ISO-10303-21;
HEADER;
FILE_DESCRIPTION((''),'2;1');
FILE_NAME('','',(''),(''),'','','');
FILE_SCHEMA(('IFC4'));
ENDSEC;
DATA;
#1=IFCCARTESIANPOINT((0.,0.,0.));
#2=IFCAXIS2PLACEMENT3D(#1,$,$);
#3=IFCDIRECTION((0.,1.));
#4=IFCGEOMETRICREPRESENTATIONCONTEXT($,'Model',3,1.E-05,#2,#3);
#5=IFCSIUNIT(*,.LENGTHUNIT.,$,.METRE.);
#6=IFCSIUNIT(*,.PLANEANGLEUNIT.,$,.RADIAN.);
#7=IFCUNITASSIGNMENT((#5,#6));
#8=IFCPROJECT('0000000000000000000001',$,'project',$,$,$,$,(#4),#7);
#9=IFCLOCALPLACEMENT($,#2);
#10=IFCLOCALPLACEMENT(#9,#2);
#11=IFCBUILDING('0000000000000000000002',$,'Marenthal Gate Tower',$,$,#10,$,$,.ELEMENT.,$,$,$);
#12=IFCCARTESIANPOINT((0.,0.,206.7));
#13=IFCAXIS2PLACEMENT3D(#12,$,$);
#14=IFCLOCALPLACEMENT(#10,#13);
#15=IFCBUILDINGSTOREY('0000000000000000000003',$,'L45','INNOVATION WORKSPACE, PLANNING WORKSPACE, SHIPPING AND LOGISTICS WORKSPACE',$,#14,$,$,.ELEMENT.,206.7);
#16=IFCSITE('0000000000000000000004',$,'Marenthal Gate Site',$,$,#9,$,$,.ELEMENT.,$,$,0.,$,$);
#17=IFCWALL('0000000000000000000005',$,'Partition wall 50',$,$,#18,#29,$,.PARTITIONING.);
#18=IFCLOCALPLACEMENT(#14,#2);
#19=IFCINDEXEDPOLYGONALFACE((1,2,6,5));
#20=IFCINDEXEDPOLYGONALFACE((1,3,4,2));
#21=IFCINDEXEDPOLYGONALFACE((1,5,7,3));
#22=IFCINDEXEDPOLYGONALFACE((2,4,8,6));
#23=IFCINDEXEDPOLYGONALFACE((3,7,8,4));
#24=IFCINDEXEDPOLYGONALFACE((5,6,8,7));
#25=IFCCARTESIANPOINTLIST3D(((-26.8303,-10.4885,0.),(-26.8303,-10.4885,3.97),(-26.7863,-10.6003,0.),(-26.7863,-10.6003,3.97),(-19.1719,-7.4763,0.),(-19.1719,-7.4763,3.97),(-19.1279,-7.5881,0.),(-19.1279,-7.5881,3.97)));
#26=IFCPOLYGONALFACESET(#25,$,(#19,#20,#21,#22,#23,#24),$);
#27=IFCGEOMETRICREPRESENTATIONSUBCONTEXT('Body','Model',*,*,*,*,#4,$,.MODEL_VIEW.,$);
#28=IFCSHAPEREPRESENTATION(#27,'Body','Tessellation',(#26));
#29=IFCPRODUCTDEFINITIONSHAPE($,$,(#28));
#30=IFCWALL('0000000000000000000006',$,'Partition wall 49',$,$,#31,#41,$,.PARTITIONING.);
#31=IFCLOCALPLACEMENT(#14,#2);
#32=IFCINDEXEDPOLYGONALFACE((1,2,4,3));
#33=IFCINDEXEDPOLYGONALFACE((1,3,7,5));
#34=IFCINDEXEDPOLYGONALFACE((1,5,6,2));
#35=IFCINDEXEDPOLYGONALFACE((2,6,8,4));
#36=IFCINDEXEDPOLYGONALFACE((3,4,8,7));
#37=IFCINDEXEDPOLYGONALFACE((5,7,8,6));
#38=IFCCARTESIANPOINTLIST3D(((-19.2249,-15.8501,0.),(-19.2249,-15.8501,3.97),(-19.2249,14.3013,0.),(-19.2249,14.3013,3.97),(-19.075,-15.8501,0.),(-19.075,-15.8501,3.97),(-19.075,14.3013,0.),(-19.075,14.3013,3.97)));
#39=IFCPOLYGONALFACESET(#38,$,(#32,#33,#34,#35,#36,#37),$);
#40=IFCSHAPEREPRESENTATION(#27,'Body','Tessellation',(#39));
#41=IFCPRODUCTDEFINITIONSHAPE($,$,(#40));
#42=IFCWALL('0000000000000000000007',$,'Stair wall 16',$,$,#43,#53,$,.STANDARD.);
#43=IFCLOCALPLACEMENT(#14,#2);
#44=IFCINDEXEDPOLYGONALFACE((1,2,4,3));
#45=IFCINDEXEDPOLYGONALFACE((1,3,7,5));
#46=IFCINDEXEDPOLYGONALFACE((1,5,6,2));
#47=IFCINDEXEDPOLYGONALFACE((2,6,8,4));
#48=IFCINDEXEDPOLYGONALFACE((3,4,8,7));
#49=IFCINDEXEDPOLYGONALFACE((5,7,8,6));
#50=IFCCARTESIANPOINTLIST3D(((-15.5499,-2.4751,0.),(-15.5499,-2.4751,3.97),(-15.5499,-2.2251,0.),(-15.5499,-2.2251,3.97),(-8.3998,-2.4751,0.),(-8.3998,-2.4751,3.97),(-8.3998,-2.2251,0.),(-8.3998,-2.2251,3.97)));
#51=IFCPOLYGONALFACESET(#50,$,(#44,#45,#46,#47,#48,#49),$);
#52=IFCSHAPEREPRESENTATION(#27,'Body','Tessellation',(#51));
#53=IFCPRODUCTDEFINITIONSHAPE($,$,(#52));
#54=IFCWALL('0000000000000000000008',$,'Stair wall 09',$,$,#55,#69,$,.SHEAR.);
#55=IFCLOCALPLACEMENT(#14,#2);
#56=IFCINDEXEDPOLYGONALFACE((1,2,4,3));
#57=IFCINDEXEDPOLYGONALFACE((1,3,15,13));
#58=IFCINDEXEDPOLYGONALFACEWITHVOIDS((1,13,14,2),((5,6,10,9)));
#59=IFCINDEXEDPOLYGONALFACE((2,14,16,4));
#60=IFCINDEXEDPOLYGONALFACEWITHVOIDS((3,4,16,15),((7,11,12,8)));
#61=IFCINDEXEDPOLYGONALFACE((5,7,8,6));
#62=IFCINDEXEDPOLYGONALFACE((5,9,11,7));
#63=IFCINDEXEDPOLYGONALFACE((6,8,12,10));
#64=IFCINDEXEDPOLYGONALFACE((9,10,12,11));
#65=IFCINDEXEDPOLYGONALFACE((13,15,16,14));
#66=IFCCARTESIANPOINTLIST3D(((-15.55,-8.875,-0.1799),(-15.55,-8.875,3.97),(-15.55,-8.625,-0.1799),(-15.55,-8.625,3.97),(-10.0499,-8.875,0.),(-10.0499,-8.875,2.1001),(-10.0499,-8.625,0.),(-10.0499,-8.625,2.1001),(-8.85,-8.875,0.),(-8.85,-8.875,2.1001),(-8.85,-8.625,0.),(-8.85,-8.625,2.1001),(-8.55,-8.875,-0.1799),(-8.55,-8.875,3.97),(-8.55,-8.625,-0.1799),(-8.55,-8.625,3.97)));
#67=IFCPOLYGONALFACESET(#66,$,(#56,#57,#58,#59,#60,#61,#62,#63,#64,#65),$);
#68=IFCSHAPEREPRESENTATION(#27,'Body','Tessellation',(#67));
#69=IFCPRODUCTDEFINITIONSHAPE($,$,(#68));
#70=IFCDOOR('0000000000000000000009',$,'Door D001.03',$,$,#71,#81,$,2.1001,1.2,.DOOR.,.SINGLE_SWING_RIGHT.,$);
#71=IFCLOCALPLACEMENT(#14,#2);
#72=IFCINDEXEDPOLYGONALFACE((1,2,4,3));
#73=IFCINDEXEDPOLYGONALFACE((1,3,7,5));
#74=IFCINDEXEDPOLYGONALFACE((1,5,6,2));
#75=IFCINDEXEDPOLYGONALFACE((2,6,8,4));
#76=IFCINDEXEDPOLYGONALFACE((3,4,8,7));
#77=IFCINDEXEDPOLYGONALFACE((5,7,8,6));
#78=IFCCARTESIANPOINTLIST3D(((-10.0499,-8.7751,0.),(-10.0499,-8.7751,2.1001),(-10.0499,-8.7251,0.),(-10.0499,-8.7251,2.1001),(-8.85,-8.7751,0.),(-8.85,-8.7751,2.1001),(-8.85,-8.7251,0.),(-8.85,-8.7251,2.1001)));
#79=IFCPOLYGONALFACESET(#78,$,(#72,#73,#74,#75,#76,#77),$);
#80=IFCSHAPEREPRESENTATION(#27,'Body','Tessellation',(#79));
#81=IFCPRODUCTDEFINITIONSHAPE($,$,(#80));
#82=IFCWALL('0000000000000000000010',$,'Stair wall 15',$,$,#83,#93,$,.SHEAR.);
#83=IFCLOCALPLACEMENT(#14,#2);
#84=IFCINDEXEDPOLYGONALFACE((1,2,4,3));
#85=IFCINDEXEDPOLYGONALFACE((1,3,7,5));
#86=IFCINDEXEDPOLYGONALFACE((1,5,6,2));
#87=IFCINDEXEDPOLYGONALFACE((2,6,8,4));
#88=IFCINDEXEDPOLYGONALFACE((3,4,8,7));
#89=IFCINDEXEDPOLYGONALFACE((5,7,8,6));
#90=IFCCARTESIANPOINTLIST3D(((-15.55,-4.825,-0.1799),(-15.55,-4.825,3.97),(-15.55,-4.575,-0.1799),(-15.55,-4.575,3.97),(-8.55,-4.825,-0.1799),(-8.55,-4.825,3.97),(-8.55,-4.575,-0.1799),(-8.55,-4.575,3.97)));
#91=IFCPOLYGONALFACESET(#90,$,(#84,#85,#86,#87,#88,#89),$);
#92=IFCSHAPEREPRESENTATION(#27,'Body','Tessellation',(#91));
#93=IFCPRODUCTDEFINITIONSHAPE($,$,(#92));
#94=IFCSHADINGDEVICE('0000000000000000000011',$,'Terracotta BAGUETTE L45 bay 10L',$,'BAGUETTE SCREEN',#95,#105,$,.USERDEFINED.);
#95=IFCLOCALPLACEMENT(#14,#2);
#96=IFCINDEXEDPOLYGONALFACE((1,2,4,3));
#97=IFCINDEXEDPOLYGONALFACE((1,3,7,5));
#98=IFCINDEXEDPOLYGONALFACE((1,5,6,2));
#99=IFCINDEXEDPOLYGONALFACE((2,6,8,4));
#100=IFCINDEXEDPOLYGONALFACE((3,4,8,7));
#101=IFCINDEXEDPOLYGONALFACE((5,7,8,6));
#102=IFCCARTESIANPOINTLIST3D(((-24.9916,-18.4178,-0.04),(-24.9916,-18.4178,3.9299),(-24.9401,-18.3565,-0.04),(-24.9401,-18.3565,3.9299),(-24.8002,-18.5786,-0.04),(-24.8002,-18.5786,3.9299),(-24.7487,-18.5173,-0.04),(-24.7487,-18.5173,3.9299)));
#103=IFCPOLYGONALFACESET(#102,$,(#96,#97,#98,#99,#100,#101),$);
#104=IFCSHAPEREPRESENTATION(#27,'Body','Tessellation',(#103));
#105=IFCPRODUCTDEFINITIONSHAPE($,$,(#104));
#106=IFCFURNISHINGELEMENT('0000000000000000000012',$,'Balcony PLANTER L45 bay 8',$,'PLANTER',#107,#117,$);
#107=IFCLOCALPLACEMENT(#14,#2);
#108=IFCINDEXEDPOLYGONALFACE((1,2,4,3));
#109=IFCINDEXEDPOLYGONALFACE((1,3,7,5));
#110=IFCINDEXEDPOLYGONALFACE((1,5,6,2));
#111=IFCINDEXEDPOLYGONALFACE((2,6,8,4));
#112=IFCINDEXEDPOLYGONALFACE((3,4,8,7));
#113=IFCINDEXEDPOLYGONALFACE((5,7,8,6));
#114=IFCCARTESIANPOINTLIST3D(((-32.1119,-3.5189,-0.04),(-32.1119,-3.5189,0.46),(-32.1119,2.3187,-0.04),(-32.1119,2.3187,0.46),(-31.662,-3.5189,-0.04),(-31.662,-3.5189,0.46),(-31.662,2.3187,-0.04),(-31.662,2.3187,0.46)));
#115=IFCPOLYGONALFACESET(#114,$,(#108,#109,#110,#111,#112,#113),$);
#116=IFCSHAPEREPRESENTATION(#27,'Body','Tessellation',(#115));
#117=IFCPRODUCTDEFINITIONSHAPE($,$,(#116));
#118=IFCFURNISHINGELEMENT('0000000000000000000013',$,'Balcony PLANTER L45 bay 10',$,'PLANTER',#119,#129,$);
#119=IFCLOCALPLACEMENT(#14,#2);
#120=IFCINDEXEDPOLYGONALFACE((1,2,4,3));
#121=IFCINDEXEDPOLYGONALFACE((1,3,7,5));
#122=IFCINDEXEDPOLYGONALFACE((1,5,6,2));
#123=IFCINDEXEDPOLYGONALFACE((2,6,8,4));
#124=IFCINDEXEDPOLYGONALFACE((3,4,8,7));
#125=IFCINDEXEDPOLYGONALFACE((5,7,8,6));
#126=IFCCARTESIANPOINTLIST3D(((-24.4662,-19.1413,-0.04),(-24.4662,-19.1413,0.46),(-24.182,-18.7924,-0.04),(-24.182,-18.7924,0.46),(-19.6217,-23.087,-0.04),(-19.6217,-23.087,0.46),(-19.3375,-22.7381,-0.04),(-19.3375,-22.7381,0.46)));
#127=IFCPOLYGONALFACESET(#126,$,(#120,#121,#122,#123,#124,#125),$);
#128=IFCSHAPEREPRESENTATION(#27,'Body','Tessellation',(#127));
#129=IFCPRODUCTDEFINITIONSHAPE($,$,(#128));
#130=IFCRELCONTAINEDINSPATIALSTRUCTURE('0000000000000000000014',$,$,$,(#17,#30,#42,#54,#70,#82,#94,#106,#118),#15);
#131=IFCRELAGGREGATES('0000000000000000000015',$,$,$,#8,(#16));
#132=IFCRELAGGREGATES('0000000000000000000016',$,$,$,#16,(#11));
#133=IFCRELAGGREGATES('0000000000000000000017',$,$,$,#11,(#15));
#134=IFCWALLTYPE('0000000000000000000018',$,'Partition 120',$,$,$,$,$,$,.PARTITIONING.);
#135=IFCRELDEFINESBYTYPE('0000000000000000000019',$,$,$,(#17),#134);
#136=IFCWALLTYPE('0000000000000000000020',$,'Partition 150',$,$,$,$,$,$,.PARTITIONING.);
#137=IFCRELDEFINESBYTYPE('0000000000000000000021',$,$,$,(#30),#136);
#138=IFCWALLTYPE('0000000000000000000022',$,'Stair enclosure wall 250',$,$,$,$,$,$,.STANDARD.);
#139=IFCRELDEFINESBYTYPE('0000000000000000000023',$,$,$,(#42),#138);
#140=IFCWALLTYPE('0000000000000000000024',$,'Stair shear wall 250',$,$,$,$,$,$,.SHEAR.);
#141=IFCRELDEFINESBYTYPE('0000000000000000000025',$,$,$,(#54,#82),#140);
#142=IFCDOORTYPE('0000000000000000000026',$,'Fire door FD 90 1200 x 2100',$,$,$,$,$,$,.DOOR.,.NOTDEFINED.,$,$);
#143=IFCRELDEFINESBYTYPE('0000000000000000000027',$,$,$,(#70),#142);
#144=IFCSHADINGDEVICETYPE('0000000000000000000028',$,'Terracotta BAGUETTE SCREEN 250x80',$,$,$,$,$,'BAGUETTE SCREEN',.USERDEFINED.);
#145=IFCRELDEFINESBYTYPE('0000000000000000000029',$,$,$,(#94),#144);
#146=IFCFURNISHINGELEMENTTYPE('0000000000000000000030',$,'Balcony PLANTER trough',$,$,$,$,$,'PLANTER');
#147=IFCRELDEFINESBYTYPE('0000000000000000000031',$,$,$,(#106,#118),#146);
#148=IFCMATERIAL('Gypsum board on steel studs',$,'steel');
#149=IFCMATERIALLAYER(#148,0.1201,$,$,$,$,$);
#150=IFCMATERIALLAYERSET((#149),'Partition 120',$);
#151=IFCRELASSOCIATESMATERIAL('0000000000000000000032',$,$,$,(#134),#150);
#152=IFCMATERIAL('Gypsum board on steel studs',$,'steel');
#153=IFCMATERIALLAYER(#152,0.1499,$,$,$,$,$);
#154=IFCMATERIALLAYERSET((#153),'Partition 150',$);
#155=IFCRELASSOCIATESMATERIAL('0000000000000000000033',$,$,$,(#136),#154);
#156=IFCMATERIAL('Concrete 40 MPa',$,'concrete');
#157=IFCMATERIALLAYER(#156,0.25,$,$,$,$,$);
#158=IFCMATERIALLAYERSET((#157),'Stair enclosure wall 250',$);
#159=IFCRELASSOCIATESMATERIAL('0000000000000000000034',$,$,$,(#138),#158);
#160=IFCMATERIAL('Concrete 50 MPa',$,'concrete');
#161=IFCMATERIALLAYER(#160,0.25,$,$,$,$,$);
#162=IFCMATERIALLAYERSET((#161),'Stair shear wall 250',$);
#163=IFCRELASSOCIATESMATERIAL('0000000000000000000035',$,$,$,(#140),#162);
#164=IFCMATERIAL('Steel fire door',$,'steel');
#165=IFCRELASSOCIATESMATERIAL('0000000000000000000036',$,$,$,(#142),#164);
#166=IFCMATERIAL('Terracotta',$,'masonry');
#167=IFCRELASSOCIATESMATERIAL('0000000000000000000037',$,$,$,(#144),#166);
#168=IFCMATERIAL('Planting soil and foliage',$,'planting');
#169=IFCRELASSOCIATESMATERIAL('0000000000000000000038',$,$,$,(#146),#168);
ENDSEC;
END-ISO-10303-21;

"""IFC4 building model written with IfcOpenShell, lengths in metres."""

from ifc_helpers import new_model, si_unit, direction, frame, frame_2d, origin, origin_2d, place, context, subcontext, project, spatial, rectangle, extrude, material, layer, layer_set, material_profile, profile_set, type_object, element, fill, save


model = new_model("IFC4")

# Units and contexts
model_context = context("Model", 3, precision=1e-05, world=origin(), true_north=direction((0.0, 1.0)))
body_context = subcontext(model_context, "Body", "Model", "MODEL_VIEW")
ifc_project = project(units=[si_unit("LENGTHUNIT", "METRE"), si_unit("PLANEANGLEUNIT", "RADIAN")], contexts=[model_context])

# Site, building, storey
site_placement = place(None, origin())
site = spatial("IfcSite", under=ifc_project, at=site_placement, Name="Marenthal Gate Site", CompositionType="ELEMENT", RefElevation=0.0)
building_placement = place(site_placement, origin())
building = spatial("IfcBuilding", under=site, at=building_placement, Name="Marenthal Gate Tower", CompositionType="ELEMENT")
storey_placement = place(building_placement, frame((0.0, 0.0, 206.7)))
storey = spatial("IfcBuildingStorey", under=building, at=storey_placement, Name="L45", Description="INNOVATION WORKSPACE, PLANNING WORKSPACE, SHIPPING AND LOGISTICS WORKSPACE", CompositionType="ELEMENT", Elevation=206.7)

# Walls
ifc_material_1 = material(Name="Gypsum board on steel studs", Category="steel")
ifc_layer_1 = layer(ifc_material_1, 0.1201)
ifc_layer_set_1 = layer_set([ifc_layer_1], Name="Partition 120")
wall_type_1 = type_object("IfcWallType", Name="Partition 120", PredefinedType="PARTITIONING", material=ifc_layer_set_1)
wall_1_placement = place(storey_placement, frame((-19.1499, -7.5322, 0.0), z_axis=(0.0, 0.0, 1.0), x_axis=(-0.930605, -0.366024, 0.0)))
element("IfcWall", 1, at=wall_1_placement, inside=storey, type_object=wall_type_1, Name="Partition wall 50", PredefinedType="PARTITIONING", context=body_context, shape_type="SweptSolid", body=[
    extrude(rectangle(XDim=8.2295, YDim=0.1201, at=frame_2d((4.1147, 0.0))), origin(), (0.0, 0.0, 1.0), 3.97),
])
ifc_material_2 = material(Name="Gypsum board on steel studs", Category="steel")
ifc_layer_2 = layer(ifc_material_2, 0.1499)
ifc_layer_set_2 = layer_set([ifc_layer_2], Name="Partition 150")
wall_type_2 = type_object("IfcWallType", Name="Partition 150", PredefinedType="PARTITIONING", material=ifc_layer_set_2)
wall_2_placement = place(storey_placement, frame((-19.1499, -15.8501, 0.0), z_axis=(0.0, 0.0, 1.0), x_axis=(0.0, 1.0, 0.0)))
element("IfcWall", 2, at=wall_2_placement, inside=storey, type_object=wall_type_2, Name="Partition wall 49", PredefinedType="PARTITIONING", context=body_context, shape_type="SweptSolid", body=[
    extrude(rectangle(XDim=30.1514, YDim=0.1499, at=frame_2d((15.0757, 0.0))), origin(), (0.0, 0.0, 1.0), 3.97),
])
ifc_material_3 = material(Name="Concrete 40 MPa", Category="concrete")
ifc_layer_3 = layer(ifc_material_3, 0.25)
ifc_layer_set_3 = layer_set([ifc_layer_3], Name="Stair enclosure wall 250")
wall_type_3 = type_object("IfcWallType", Name="Stair enclosure wall 250", PredefinedType="STANDARD", material=ifc_layer_set_3)
wall_3_placement = place(storey_placement, frame((-15.55, -2.3501, 0.0), z_axis=(0.0, 0.0, 1.0), x_axis=(1.0, 0.0, 0.0)))
element("IfcWall", 3, at=wall_3_placement, inside=storey, type_object=wall_type_3, Name="Stair wall 16", PredefinedType="STANDARD", context=body_context, shape_type="SweptSolid", body=[
    extrude(rectangle(XDim=7.1501, YDim=0.25, at=frame_2d((3.5752, 0.0))), origin(), (0.0, 0.0, 1.0), 3.97),
])

# Wall, opening, door
ifc_material_4 = material(Name="Concrete 50 MPa", Category="concrete")
ifc_layer_4 = layer(ifc_material_4, 0.25)
ifc_layer_set_4 = layer_set([ifc_layer_4], Name="Stair shear wall 250")
wall_type_4 = type_object("IfcWallType", Name="Stair shear wall 250", PredefinedType="SHEAR", material=ifc_layer_set_4)
wall_4_placement = place(storey_placement, frame((-15.55, -8.75, -0.1799), z_axis=(0.0, 0.0, 1.0), x_axis=(1.0, 0.0, 0.0)))
wall_4 = element("IfcWall", 4, at=wall_4_placement, inside=storey, type_object=wall_type_4, Name="Stair wall 09", PredefinedType="SHEAR", context=body_context, shape_type="SweptSolid", body=[
    extrude(rectangle(XDim=7.0, YDim=0.25, at=frame_2d((3.5, 0.0))), origin(), (0.0, 0.0, 1.0), 4.1499),
])
opening_1_placement = place(wall_4_placement, frame((5.5, 0.0, 0.1799)))
opening_1 = element("IfcOpeningElement", 5, at=opening_1_placement, cuts=wall_4, PredefinedType="OPENING", context=body_context, shape_type="SweptSolid", body=[
    extrude(rectangle(XDim=1.2, YDim=2.1001, at=frame_2d((0.6001, 1.05))), frame((0.0, 0.135, 0.0), z_axis=(0.0, -1.0, 0.0), x_axis=(1.0, 0.0, 0.0)), (0.0, 0.0, 1.0), 0.27),
])
ifc_material_5 = material(Name="Steel fire door", Category="steel")
door_type_1 = type_object("IfcDoorType", Name="Fire door FD 90 1200 x 2100", OperationType="NOTDEFINED", PredefinedType="DOOR", material=ifc_material_5)
door_1_placement = place(opening_1_placement, origin())
door_1 = element("IfcDoor", 6, at=door_1_placement, inside=storey, type_object=door_type_1, Name="Door D001.03", OperationType="SINGLE_SWING_RIGHT", OverallHeight=2.1001, OverallWidth=1.2, PredefinedType="DOOR", context=body_context, shape_type="SweptSolid", body=[
    extrude(rectangle(XDim=1.2, YDim=2.1001, at=frame_2d((0.6001, 1.05))), frame((0.0, 0.0249, 0.0), z_axis=(0.0, -1.0, 0.0), x_axis=(1.0, 0.0, 0.0)), (0.0, 0.0, 1.0), 0.05),
])
fill(opening_1, door_1)

# Wall
wall_5_placement = place(storey_placement, frame((-15.55, -4.7, -0.1799), z_axis=(0.0, 0.0, 1.0), x_axis=(1.0, 0.0, 0.0)))
element("IfcWall", 7, at=wall_5_placement, inside=storey, type_object=wall_type_4, Name="Stair wall 15", PredefinedType="SHEAR", context=body_context, shape_type="SweptSolid", body=[
    extrude(rectangle(XDim=7.0, YDim=0.25, at=frame_2d((3.5, 0.0))), origin(), (0.0, 0.0, 1.0), 4.1499),
])

# Shading device
ifc_material_6 = material(Name="Terracotta", Category="masonry")
ifc_material_profile_1 = material_profile(ifc_material_6, rectangle(XDim=0.25, YDim=0.0801, at=origin_2d()), Name="Terracotta baguette 250x80")
ifc_profile_set_1 = profile_set([ifc_material_profile_1], Name="Terracotta")
shading_device_type = type_object("IfcShadingDeviceType", Name="Terracotta BAGUETTE SCREEN 250x80", ElementType="BAGUETTE SCREEN", PredefinedType="USERDEFINED", material=ifc_profile_set_1)
shading_device_placement = place(storey_placement, frame((-24.8701, -18.4675, -0.04), z_axis=(0.0, 0.0, 1.0), x_axis=(0.765705, -0.643192, 0.0)))
element("IfcShadingDevice", 8, at=shading_device_placement, inside=storey, type_object=shading_device_type, Name="Terracotta BAGUETTE L45 bay 10L", ObjectType="BAGUETTE SCREEN", PredefinedType="USERDEFINED", context=body_context, shape_type="SweptSolid", body=[
    extrude(rectangle(XDim=0.25, YDim=0.0801, at=origin_2d()), origin(), (0.0, 0.0, 1.0), 3.97),
])

# Furnishing elements
ifc_material_7 = material(Name="Planting soil and foliage", Category="planting")
furnishing_element_type = type_object("IfcFurnishingElementType", Name="Balcony PLANTER trough", ElementType="PLANTER", material=ifc_material_7)
furnishing_1_placement = place(storey_placement, frame((-31.887, -0.6001, -0.04), z_axis=(0.0, 0.0, 1.0), x_axis=(0.0, -1.0, 0.0)))
element("IfcFurnishingElement", 9, at=furnishing_1_placement, inside=storey, type_object=furnishing_element_type, Name="Balcony PLANTER L45 bay 8", ObjectType="PLANTER", context=body_context, shape_type="SweptSolid", body=[
    extrude(rectangle(XDim=5.8376, YDim=0.45, at=origin_2d()), origin(), (0.0, 0.0, 1.0), 0.5),
])
furnishing_2_placement = place(storey_placement, frame((-21.9019, -20.9397, -0.04), z_axis=(0.0, 0.0, 1.0), x_axis=(0.77536, -0.63152, 0.0)))
element("IfcFurnishingElement", 10, at=furnishing_2_placement, inside=storey, type_object=furnishing_element_type, Name="Balcony PLANTER L45 bay 10", ObjectType="PLANTER", context=body_context, shape_type="SweptSolid", body=[
    extrude(rectangle(XDim=6.248, YDim=0.45, at=origin_2d()), origin(), (0.0, 0.0, 1.0), 0.5),
])

save(model, "model.ifc")
